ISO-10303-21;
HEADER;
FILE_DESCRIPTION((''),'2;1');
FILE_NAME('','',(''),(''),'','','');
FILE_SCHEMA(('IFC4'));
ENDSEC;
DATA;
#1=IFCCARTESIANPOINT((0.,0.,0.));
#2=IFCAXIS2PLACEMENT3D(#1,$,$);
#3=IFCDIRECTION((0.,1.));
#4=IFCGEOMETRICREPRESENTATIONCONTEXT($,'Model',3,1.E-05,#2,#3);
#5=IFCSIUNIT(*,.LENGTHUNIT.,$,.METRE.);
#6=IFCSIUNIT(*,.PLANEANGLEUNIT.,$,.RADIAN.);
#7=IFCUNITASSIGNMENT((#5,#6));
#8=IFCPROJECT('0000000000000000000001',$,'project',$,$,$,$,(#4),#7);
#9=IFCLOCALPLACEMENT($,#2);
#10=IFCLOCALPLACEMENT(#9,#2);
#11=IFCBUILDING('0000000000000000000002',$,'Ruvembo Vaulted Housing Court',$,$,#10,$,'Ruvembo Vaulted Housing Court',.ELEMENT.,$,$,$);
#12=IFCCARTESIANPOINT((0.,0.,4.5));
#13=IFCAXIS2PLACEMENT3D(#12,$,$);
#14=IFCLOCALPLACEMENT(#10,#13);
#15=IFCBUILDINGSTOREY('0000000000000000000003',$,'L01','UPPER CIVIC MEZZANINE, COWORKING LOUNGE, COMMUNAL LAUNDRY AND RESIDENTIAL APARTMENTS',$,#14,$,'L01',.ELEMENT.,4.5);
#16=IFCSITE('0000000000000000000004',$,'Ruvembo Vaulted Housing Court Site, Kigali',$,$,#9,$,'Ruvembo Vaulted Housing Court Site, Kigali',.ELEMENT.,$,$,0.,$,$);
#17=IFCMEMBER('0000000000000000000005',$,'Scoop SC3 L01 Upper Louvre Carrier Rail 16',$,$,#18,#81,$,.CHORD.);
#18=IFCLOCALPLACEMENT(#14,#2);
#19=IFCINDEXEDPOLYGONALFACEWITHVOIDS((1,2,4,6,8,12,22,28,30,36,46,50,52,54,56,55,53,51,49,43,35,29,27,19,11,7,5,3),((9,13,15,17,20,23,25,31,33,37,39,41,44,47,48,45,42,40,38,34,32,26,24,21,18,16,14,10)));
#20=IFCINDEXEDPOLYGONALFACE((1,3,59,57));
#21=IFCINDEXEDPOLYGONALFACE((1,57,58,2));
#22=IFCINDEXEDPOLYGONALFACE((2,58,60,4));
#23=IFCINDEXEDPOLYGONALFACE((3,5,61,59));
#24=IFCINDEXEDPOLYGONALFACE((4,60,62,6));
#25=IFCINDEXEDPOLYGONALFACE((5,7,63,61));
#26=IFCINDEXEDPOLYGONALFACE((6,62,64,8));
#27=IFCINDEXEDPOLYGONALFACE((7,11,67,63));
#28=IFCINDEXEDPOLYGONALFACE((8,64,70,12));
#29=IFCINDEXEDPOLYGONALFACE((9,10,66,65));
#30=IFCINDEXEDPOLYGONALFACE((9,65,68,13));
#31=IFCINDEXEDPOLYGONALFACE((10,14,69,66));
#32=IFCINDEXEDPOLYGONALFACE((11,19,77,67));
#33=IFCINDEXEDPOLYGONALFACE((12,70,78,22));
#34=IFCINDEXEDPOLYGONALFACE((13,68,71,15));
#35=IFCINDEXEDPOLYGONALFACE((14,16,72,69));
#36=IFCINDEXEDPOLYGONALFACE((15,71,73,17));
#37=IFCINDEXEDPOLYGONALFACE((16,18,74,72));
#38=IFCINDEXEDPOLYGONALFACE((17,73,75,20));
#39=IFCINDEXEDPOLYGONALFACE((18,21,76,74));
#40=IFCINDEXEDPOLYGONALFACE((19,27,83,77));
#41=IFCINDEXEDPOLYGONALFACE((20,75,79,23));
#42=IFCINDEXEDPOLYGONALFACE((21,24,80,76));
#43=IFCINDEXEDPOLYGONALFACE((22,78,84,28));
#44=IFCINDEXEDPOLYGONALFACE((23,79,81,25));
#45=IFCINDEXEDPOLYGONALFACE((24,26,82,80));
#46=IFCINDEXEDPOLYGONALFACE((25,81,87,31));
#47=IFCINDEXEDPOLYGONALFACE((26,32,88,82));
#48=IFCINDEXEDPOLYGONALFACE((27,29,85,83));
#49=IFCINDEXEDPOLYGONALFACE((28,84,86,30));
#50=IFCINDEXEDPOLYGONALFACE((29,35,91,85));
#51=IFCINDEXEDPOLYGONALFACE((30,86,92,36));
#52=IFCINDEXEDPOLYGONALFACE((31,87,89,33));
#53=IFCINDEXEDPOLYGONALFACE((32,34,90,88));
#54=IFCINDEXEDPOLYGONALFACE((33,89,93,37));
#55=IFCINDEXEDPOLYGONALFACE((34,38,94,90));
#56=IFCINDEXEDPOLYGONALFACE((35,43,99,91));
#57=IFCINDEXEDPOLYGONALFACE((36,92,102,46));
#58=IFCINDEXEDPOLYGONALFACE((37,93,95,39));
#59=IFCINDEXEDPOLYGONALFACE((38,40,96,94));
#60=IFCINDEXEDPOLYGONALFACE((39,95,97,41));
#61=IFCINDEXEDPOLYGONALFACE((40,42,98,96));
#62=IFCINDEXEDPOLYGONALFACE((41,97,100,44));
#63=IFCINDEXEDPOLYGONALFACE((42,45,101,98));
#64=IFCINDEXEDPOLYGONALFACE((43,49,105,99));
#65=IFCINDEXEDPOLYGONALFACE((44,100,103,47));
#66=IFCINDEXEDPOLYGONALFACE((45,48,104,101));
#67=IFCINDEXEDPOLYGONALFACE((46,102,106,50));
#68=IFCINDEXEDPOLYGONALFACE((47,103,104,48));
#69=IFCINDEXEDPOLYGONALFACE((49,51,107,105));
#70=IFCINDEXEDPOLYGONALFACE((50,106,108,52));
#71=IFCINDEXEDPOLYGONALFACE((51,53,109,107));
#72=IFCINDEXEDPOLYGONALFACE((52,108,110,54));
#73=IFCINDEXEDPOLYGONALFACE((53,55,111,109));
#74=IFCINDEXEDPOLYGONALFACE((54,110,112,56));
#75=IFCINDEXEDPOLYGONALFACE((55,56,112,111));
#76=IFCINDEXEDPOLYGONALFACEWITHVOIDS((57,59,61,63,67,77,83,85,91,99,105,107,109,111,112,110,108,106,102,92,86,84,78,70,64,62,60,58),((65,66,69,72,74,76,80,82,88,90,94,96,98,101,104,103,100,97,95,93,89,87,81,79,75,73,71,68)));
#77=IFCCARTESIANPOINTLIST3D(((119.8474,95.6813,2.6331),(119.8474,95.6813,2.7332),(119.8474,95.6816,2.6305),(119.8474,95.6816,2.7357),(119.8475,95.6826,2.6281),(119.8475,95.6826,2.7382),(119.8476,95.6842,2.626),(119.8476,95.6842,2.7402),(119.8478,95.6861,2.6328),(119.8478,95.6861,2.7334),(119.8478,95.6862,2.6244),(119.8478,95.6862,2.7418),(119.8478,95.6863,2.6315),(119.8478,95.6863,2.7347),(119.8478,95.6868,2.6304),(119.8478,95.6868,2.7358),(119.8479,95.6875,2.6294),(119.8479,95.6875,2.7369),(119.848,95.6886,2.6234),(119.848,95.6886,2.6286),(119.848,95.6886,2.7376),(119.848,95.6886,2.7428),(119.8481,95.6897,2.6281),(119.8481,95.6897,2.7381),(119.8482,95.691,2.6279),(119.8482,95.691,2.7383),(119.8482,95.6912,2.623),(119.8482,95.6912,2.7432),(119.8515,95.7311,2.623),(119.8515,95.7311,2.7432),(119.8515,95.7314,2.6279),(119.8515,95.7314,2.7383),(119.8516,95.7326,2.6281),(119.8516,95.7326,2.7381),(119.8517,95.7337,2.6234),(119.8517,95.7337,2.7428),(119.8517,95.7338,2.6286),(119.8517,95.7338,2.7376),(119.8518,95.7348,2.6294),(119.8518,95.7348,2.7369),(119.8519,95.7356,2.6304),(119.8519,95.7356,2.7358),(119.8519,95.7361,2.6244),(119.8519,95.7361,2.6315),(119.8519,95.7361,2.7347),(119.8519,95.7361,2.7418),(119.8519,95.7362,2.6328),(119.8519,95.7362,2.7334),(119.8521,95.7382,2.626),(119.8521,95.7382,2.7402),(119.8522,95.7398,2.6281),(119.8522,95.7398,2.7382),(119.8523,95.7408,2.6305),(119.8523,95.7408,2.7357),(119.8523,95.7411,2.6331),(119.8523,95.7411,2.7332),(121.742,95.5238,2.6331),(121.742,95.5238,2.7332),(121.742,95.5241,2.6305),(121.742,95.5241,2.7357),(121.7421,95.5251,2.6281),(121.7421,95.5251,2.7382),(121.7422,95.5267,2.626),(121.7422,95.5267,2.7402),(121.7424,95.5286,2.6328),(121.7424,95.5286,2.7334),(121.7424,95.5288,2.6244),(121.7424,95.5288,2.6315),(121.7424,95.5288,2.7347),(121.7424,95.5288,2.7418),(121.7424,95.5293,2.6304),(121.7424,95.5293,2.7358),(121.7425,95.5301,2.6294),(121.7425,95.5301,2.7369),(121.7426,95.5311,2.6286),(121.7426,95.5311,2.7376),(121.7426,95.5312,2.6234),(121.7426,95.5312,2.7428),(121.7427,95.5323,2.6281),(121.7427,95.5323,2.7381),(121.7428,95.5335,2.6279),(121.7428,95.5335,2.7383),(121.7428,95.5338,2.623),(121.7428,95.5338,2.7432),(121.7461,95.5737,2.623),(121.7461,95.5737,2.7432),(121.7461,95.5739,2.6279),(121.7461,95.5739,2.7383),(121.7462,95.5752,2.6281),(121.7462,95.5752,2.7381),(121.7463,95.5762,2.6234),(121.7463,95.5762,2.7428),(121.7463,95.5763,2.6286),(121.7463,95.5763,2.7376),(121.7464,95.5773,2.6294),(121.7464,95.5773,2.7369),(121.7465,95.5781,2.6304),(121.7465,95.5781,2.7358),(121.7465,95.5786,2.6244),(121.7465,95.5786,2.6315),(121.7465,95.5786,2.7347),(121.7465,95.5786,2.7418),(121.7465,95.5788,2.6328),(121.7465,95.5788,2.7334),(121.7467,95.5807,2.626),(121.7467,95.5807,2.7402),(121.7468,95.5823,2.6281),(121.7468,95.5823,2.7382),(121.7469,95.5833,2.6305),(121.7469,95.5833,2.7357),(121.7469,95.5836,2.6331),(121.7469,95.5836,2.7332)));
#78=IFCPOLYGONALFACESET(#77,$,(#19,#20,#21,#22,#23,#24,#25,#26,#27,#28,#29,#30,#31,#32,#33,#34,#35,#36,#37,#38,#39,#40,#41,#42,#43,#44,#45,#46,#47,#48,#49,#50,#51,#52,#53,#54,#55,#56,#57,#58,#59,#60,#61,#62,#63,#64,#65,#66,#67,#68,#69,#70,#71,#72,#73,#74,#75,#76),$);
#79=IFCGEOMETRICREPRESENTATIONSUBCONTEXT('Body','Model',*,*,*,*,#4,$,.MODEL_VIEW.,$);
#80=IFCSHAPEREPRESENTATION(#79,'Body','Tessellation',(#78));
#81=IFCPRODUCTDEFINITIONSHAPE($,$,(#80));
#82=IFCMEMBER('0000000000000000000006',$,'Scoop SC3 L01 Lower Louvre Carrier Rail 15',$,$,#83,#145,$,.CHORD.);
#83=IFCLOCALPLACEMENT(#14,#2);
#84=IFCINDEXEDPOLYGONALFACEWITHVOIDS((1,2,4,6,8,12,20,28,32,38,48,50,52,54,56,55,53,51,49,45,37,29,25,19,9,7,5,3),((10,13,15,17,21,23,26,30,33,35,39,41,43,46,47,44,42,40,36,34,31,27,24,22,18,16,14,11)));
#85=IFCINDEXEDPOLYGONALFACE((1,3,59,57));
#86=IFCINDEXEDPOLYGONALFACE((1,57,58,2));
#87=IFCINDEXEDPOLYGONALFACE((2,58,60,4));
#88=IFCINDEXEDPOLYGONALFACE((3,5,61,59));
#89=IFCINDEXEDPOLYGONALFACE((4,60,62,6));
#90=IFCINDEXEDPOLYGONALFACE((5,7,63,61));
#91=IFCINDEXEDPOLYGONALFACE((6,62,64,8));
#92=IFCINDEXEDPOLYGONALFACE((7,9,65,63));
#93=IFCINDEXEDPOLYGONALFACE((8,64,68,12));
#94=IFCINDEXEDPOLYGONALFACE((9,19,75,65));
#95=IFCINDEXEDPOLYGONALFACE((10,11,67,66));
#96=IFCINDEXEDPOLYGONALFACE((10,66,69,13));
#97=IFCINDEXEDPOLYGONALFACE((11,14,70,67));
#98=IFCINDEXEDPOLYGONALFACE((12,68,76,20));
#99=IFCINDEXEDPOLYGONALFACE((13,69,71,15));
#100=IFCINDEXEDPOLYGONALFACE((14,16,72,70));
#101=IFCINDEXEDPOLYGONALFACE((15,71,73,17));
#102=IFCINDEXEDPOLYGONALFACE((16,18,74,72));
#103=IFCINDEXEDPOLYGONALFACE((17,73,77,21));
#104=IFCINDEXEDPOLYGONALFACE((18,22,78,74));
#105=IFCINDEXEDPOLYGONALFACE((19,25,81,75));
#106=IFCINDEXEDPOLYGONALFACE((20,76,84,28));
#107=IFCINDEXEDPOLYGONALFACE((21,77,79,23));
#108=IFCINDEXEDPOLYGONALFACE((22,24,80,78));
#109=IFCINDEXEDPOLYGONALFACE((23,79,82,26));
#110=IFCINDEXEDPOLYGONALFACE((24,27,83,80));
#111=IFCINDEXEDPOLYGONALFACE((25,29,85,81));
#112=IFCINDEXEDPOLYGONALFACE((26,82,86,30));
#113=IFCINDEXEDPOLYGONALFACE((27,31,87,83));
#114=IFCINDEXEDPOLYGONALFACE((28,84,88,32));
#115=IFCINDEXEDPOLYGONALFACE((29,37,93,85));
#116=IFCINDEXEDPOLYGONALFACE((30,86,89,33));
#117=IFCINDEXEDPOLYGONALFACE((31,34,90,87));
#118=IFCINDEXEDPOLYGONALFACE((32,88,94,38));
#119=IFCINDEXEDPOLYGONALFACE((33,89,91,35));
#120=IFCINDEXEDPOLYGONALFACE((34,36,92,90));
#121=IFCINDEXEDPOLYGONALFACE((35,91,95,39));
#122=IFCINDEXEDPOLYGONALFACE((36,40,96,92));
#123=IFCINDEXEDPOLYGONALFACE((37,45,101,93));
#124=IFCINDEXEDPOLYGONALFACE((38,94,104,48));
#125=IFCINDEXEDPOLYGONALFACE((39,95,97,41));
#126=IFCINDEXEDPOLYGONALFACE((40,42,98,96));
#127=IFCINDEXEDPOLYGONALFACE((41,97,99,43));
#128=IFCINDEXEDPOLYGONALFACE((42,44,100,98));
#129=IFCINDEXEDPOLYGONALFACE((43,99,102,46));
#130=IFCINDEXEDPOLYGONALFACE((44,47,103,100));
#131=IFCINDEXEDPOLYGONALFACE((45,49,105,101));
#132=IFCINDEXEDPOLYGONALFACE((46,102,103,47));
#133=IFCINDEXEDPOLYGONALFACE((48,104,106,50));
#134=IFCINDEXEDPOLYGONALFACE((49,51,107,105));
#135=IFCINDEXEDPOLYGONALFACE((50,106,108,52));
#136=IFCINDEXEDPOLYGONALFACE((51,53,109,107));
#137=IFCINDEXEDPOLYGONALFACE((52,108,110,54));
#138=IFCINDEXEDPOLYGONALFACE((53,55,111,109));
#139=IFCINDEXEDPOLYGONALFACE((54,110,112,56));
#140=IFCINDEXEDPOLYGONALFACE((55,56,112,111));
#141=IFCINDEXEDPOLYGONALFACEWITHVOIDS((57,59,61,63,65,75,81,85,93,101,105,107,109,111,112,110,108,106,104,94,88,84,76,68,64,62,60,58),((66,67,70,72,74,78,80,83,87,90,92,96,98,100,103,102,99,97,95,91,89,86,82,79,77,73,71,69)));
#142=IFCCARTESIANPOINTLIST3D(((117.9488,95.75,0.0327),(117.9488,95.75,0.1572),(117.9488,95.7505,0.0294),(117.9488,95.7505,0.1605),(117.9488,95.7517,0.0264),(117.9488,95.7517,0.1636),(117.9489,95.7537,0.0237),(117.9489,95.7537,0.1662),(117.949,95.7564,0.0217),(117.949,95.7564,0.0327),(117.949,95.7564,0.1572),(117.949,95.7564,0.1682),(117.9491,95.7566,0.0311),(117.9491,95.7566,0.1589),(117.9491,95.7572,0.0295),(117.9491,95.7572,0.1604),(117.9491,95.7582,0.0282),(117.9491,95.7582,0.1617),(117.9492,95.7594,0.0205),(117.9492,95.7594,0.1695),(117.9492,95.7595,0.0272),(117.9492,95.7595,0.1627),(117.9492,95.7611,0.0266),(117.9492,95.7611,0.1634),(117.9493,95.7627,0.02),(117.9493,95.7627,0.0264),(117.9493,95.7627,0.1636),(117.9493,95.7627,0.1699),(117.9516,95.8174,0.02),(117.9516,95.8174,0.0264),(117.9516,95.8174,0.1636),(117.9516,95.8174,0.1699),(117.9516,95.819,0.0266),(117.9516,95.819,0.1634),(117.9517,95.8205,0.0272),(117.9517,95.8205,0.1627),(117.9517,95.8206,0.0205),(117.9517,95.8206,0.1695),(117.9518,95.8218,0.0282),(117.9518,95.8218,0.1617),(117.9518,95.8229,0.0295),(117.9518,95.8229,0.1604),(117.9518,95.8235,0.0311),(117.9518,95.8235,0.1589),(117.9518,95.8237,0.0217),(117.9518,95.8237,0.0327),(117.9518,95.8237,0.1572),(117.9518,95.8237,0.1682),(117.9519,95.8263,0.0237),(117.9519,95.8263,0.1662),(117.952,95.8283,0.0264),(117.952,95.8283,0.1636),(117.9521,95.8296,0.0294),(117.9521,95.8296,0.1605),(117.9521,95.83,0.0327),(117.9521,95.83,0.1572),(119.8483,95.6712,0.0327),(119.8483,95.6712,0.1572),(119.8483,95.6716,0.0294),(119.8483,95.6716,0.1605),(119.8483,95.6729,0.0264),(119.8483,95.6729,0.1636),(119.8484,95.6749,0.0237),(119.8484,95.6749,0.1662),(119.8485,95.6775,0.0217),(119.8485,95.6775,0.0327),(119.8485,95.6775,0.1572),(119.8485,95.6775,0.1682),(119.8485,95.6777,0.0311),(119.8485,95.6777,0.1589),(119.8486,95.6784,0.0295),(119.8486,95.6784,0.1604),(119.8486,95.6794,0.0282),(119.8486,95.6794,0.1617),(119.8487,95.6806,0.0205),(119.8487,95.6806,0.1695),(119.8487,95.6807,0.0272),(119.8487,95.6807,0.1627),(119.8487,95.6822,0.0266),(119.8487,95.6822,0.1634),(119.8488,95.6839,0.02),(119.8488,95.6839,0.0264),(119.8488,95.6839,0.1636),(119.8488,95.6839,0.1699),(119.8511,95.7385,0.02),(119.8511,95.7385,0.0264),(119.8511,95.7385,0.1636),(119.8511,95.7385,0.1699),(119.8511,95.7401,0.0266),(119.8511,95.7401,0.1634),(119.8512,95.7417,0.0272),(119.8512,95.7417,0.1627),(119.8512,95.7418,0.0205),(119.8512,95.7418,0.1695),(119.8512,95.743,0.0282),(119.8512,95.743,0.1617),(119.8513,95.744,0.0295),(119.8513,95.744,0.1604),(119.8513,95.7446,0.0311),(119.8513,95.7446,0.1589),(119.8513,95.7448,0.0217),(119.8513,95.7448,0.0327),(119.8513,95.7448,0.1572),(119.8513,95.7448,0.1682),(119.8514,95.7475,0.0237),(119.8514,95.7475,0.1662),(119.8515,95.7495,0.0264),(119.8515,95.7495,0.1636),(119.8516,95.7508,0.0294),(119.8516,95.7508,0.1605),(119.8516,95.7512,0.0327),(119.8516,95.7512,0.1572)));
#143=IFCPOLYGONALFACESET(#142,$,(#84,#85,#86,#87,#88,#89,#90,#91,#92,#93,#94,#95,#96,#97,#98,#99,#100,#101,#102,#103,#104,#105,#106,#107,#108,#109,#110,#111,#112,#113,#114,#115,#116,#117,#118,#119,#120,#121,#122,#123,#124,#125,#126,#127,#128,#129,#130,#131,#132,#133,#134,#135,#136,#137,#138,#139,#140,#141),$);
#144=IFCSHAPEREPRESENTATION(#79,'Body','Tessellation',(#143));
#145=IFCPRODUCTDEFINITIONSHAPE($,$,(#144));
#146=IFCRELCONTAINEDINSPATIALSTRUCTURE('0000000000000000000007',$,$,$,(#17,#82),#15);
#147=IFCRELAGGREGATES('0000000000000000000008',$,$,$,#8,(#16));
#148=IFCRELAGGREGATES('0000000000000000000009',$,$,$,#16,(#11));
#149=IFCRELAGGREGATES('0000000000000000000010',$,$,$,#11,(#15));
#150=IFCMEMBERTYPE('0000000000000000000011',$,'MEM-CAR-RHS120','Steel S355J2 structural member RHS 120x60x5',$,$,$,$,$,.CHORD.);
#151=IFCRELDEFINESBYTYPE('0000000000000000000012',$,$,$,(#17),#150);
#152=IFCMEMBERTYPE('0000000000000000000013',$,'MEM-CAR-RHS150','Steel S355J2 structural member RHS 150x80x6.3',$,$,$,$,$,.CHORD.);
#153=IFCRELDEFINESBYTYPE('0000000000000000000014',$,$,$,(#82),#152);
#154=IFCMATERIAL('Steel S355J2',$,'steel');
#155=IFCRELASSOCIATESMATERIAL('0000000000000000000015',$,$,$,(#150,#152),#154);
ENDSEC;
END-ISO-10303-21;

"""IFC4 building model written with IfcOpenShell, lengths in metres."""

from ifc_helpers import new_model, si_unit, direction, frame, origin, origin_2d, place, context, subcontext, project, spatial, hollow_rectangle, extrude, material, material_profile, profile_set, type_object, element, save


model = new_model("IFC4")

# Units and contexts
model_context = context("Model", 3, precision=1e-05, world=origin(), true_north=direction((0.0, 1.0)))
body_context = subcontext(model_context, "Body", "Model", "MODEL_VIEW")
ifc_project = project(units=[si_unit("LENGTHUNIT", "METRE"), si_unit("PLANEANGLEUNIT", "RADIAN")], contexts=[model_context])

# Site, building, storey
site_placement = place(None, origin())
site = spatial("IfcSite", under=ifc_project, at=site_placement, Name="Ruvembo Vaulted Housing Court Site, Kigali", LongName="Ruvembo Vaulted Housing Court Site, Kigali", CompositionType="ELEMENT", RefElevation=0.0)
building_placement = place(site_placement, origin())
building = spatial("IfcBuilding", under=site, at=building_placement, Name="Ruvembo Vaulted Housing Court", LongName="Ruvembo Vaulted Housing Court", CompositionType="ELEMENT")
storey_placement = place(building_placement, frame((0.0, 0.0, 4.5)))
storey = spatial("IfcBuildingStorey", under=building, at=storey_placement, Name="L01", Description="UPPER CIVIC MEZZANINE, COWORKING LOUNGE, COMMUNAL LAUNDRY AND RESIDENTIAL APARTMENTS", LongName="L01", CompositionType="ELEMENT", Elevation=4.5)

# Shared definitions
ifc_material_1 = material(Name="Steel S355J2", Category="steel")

# Members
ifc_material_profile_1 = material_profile(ifc_material_1, hollow_rectangle(XDim=0.0601, YDim=0.1201, WallThickness=0.0049, InnerFilletRadius=0.0049, OuterFilletRadius=0.01, at=origin_2d()), Name="RHS 120x60x5")
ifc_profile_set_1 = profile_set([ifc_material_profile_1], Name="Steel S355J2")
member_type_1 = type_object("IfcMemberType", Name="MEM-CAR-RHS120", Description="Steel S355J2 structural member RHS 120x60x5", PredefinedType="CHORD", material=ifc_profile_set_1)
for number, where, z_axis, x_axis, name in (
    (1, (119.8499, 95.7112, 2.6831), (0.996563, -0.082833, 0.0), (0.082833, 0.996563, 0.0), "Scoop SC3 L01 Upper Louvre Carrier Rail 16"),
):
    element("IfcMember", number, at=place(storey_placement, frame(where, z_axis=z_axis, x_axis=x_axis)), inside=storey, type_object=member_type_1, Name=name, PredefinedType="CHORD", context=body_context, shape_type="SweptSolid", body=[
        extrude(hollow_rectangle(XDim=0.0601, YDim=0.1201, WallThickness=0.0049, InnerFilletRadius=0.0049, OuterFilletRadius=0.01, at=origin_2d()), origin(), (0.0, 0.0, 1.0), 1.9011),
    ])
ifc_material_profile_2 = material_profile(ifc_material_1, hollow_rectangle(XDim=0.0801, YDim=0.1499, WallThickness=0.0063, InnerFilletRadius=0.0063, OuterFilletRadius=0.0127, at=origin_2d()), Name="RHS 150x80x6.3")
ifc_profile_set_2 = profile_set([ifc_material_profile_2], Name="Steel S355J2")
member_type_2 = type_object("IfcMemberType", Name="MEM-CAR-RHS150", Description="Steel S355J2 structural member RHS 150x80x6.3", PredefinedType="CHORD", material=ifc_profile_set_2)
for number, where, z_axis, x_axis, name in (
    (2, (117.9504, 95.79, 0.095), (0.999139, -0.041481, 0.0), (0.041481, 0.999139, 0.0), "Scoop SC3 L01 Lower Louvre Carrier Rail 15"),
):
    element("IfcMember", number, at=place(storey_placement, frame(where, z_axis=z_axis, x_axis=x_axis)), inside=storey, type_object=member_type_2, Name=name, PredefinedType="CHORD", context=body_context, shape_type="SweptSolid", body=[
        extrude(hollow_rectangle(XDim=0.0801, YDim=0.1499, WallThickness=0.0063, InnerFilletRadius=0.0063, OuterFilletRadius=0.0127, at=origin_2d()), origin(), (0.0, 0.0, 1.0), 1.9011),
    ])

save(model, "model.ifc")
